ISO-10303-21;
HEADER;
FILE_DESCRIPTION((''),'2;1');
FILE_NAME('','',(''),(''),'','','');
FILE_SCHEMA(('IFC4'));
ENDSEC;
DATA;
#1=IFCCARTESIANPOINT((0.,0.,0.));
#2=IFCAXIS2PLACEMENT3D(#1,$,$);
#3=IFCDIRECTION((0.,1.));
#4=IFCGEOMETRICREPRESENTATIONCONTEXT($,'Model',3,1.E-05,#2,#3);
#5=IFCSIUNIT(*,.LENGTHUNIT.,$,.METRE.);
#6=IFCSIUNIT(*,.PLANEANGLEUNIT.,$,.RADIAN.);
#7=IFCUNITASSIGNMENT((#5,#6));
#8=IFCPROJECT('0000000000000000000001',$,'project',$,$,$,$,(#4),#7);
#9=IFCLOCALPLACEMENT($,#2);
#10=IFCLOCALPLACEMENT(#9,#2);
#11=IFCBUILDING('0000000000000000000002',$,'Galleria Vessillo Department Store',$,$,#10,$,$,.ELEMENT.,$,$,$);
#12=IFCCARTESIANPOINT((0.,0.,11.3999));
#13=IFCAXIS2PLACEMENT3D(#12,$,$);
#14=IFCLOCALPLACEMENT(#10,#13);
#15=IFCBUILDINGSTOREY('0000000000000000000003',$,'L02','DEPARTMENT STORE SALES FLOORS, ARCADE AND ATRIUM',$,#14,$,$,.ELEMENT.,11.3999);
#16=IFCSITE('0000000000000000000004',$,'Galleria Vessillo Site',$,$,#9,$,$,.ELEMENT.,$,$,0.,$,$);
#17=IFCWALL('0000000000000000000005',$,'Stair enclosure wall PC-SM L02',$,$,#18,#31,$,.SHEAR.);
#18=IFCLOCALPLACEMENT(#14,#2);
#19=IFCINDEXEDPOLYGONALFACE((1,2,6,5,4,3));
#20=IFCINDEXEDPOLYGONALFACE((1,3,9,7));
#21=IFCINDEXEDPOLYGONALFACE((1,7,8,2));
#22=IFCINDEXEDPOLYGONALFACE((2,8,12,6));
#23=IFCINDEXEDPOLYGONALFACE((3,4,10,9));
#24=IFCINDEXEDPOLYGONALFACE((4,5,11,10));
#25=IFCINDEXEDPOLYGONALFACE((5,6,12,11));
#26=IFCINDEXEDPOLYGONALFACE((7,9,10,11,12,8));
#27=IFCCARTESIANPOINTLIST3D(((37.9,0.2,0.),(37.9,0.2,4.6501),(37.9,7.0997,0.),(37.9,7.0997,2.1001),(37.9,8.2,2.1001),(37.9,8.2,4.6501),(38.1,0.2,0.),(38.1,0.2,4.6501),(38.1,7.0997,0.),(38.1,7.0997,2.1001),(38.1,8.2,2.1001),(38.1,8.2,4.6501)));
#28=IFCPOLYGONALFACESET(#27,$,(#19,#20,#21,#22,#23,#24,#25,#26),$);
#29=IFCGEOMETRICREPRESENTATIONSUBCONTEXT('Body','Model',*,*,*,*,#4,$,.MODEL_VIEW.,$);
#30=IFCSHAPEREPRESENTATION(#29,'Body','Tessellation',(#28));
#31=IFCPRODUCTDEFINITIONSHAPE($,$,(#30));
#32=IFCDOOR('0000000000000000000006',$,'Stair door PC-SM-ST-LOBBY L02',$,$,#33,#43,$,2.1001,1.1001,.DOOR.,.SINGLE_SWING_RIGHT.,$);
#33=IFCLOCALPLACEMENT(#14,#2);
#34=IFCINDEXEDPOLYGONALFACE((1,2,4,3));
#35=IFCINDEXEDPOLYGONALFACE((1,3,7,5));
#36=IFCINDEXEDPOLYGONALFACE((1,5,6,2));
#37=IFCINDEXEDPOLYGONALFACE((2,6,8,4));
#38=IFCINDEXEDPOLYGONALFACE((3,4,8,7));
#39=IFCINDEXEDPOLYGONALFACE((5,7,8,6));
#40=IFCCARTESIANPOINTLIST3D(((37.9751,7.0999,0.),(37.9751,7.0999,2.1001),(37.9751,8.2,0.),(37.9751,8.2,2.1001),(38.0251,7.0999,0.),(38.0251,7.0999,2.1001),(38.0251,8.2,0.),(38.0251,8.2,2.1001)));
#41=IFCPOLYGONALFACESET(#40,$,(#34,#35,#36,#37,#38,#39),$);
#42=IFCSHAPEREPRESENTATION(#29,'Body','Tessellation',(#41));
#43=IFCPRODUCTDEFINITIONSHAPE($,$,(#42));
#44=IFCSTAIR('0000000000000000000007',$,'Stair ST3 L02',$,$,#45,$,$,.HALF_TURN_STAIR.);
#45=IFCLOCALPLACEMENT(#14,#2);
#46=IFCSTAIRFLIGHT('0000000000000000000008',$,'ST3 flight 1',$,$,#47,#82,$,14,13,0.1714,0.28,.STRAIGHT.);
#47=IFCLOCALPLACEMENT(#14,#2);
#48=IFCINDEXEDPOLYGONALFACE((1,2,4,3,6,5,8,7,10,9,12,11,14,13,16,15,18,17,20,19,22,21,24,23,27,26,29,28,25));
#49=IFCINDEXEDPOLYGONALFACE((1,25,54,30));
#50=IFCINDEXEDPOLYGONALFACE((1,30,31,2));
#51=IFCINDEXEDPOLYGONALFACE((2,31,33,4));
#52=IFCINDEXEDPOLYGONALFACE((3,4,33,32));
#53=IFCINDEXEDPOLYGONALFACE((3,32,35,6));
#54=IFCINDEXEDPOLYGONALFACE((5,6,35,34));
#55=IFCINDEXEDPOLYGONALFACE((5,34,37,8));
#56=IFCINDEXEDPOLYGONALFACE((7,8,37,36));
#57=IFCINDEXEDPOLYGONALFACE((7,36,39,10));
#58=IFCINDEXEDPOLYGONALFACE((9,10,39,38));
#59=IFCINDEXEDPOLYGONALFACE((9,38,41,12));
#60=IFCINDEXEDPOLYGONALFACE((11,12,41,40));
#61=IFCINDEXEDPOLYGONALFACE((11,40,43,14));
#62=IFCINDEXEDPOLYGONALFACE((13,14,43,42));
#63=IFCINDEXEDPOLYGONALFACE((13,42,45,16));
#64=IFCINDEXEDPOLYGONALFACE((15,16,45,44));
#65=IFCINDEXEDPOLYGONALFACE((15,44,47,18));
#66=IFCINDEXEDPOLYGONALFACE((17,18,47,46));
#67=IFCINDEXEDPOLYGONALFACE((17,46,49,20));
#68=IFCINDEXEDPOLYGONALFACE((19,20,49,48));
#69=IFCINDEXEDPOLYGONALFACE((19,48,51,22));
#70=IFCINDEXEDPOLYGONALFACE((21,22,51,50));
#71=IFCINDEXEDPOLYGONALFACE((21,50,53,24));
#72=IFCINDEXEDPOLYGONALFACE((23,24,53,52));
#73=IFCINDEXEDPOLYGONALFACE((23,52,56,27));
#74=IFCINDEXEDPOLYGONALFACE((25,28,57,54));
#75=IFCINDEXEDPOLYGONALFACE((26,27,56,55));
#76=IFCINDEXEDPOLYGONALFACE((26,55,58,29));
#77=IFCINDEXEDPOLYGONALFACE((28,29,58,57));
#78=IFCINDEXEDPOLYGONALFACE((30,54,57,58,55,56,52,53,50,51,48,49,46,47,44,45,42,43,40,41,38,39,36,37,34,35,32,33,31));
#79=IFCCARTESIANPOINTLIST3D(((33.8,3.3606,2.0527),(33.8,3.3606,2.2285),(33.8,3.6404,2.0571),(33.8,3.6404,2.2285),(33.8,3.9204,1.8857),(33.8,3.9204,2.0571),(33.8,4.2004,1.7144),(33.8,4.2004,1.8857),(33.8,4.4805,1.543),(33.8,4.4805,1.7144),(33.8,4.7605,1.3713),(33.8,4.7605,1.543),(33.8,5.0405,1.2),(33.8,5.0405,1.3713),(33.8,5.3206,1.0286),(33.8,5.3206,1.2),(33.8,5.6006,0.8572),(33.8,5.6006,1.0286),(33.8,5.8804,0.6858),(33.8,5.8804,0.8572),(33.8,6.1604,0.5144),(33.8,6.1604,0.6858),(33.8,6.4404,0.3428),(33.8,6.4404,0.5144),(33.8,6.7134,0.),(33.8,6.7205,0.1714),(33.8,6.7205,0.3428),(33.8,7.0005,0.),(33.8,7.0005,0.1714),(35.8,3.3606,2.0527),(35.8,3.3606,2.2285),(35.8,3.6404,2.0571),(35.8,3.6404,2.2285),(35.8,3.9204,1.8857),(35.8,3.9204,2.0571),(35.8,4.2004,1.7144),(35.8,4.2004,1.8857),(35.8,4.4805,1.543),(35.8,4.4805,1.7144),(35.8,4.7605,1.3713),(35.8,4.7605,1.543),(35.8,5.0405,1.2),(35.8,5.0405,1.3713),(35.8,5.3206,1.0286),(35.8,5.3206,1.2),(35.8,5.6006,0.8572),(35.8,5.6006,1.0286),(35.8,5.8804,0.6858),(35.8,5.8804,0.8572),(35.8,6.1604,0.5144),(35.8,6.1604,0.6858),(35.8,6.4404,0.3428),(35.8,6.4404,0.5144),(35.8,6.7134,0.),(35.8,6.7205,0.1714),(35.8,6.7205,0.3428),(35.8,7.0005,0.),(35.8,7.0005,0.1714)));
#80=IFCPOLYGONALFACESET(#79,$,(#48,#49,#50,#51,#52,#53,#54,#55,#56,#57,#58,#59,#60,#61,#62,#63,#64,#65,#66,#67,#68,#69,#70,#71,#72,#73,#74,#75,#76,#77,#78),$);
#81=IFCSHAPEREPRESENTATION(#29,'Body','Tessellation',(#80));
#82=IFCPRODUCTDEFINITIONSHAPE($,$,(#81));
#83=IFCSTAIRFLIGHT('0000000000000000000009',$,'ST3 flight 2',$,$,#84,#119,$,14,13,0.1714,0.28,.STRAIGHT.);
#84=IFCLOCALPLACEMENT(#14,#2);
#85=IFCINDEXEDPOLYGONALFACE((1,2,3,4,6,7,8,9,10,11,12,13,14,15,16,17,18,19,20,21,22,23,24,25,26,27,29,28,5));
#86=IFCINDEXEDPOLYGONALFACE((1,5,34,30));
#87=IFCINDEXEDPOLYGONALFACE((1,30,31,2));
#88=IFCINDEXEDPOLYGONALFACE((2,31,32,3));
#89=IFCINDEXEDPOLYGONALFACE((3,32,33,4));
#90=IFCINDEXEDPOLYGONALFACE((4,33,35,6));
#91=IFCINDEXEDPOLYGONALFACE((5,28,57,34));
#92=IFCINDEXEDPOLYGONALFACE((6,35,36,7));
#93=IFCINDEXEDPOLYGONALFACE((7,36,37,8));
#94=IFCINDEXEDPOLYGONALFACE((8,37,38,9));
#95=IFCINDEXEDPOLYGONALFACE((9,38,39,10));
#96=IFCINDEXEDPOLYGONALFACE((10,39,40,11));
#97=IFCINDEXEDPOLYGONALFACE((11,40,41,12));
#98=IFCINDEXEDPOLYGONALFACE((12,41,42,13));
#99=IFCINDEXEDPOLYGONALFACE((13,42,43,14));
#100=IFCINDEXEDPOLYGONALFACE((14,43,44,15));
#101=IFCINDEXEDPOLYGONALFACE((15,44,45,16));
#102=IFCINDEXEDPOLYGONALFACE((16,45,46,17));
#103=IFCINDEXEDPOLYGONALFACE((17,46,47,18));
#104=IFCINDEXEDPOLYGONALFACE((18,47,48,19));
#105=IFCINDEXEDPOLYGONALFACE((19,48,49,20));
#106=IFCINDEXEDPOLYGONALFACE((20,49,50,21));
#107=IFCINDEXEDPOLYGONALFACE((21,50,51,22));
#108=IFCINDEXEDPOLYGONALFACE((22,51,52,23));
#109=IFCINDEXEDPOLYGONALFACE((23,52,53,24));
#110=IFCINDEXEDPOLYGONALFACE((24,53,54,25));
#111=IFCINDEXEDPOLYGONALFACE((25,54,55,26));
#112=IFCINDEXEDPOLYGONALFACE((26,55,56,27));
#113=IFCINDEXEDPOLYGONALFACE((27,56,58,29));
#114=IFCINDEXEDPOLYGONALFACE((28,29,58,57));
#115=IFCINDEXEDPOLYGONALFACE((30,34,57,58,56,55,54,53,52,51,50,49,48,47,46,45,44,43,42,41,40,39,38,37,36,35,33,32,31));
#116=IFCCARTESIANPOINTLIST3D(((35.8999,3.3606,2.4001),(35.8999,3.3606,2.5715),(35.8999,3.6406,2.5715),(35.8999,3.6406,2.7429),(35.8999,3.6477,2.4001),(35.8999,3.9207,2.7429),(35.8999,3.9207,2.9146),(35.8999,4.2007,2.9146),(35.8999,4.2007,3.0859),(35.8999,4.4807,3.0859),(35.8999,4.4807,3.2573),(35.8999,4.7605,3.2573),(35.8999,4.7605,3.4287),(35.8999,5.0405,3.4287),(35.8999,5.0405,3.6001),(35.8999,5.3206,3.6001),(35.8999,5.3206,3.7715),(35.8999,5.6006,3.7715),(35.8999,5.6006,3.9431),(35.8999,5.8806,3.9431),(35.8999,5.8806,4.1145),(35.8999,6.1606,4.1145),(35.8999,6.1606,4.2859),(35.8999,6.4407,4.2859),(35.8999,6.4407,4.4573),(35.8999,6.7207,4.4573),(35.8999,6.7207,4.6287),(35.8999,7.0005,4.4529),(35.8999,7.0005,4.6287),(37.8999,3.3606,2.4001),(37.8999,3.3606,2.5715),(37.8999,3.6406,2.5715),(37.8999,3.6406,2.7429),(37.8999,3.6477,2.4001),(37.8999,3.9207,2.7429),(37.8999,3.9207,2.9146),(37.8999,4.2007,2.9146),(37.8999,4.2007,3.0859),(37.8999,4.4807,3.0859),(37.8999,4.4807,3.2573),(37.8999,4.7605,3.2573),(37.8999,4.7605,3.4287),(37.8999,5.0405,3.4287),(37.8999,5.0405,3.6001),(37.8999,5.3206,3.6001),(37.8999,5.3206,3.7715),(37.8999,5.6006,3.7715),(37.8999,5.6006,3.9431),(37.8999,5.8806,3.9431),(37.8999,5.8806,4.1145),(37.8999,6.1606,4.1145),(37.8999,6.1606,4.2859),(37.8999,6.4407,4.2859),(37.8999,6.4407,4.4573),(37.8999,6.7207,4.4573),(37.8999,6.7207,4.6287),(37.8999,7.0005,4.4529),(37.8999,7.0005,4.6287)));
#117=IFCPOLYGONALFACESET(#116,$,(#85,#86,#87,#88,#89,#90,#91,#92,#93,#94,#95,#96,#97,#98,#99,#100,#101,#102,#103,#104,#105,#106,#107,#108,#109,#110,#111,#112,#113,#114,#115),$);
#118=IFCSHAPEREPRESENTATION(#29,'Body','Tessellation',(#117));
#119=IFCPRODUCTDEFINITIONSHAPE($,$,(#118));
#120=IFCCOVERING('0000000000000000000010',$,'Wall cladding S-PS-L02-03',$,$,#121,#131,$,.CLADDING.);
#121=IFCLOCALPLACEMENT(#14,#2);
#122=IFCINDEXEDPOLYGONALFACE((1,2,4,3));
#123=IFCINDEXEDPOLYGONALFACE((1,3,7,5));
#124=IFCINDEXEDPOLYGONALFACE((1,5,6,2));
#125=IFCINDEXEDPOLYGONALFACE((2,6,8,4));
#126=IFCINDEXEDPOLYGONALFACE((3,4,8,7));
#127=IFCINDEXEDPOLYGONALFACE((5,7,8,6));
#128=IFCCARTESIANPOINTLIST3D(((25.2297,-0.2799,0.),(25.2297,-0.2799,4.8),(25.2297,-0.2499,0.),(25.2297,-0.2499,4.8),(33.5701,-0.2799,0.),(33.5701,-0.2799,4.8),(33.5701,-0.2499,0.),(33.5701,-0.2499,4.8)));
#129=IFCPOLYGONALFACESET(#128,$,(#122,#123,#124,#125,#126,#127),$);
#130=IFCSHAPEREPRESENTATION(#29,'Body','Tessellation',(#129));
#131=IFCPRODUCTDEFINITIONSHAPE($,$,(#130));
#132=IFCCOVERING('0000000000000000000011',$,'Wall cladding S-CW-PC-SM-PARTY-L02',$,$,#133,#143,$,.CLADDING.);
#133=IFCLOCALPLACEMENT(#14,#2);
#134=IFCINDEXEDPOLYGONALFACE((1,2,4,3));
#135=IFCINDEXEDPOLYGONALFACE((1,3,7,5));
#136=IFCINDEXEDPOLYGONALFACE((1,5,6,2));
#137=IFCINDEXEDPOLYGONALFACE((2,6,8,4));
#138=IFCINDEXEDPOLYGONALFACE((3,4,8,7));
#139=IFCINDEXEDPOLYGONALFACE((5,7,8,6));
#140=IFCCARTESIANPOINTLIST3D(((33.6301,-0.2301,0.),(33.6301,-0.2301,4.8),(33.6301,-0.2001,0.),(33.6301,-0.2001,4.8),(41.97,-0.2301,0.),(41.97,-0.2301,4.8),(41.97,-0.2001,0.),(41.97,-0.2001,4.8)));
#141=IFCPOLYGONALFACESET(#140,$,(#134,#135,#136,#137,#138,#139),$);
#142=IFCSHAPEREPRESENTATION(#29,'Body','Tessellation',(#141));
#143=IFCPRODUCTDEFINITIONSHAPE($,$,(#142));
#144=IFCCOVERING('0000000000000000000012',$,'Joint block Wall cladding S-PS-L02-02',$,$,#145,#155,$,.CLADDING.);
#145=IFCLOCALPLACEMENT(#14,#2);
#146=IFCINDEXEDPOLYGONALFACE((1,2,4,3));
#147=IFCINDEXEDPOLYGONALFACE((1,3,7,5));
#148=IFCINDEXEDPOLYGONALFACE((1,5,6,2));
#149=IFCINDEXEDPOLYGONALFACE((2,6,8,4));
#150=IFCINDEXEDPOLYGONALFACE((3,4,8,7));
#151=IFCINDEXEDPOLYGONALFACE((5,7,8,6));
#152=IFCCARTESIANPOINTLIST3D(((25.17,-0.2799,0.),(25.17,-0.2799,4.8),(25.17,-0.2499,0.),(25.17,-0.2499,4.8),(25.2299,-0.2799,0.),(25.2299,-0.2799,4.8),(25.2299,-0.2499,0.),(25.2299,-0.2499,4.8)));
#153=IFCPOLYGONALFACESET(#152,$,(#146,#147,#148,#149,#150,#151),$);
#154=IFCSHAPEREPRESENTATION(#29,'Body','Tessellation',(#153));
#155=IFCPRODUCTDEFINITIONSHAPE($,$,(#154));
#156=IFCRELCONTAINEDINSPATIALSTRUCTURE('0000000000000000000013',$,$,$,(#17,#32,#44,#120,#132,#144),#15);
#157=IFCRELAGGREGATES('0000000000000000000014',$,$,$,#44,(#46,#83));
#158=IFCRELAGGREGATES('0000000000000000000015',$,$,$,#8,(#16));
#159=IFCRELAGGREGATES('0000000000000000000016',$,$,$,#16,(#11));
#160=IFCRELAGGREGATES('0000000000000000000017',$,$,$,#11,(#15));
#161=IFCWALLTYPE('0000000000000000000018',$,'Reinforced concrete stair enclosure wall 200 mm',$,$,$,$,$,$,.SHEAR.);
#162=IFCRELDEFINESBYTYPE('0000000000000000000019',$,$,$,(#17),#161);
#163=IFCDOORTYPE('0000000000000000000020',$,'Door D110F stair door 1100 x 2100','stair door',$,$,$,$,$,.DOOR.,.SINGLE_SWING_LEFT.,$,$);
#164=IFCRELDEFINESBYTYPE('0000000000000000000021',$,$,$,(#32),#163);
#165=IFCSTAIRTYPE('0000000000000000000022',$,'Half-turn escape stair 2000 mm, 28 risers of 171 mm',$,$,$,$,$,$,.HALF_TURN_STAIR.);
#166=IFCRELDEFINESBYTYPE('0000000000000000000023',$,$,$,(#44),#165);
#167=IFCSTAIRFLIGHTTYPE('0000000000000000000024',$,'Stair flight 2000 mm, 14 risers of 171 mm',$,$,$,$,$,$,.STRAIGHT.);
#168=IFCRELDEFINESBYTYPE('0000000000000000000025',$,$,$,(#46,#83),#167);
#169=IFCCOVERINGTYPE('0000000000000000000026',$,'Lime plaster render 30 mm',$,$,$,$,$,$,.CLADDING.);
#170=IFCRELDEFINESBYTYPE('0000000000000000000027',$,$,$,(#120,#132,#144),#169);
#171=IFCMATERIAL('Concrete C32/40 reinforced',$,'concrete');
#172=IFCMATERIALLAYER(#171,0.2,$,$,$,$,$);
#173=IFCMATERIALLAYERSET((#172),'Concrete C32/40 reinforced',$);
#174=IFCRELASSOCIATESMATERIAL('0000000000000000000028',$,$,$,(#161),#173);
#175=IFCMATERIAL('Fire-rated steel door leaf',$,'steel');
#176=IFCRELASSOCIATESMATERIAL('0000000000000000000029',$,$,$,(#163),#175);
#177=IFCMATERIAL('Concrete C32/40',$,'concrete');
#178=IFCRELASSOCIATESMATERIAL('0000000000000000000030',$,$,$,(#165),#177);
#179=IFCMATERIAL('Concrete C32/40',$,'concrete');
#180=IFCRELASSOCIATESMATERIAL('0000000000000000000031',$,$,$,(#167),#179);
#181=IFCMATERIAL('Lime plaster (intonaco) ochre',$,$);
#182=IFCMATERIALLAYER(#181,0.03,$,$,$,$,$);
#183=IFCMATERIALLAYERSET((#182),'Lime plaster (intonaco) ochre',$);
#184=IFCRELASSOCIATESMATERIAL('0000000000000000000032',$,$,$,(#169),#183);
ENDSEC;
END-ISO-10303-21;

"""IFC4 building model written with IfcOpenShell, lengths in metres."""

from ifc_helpers import new_model, si_unit, direction, frame, frame_2d, origin, origin_2d, place, context, subcontext, project, spatial, polyline, rectangle, outline, extrude, material, layer, layer_set, type_object, element, fill, aggregate, save


model = new_model("IFC4")

# Units and contexts
model_context = context("Model", 3, precision=1e-05, world=origin(), true_north=direction((0.0, 1.0)))
body_context = subcontext(model_context, "Body", "Model", "MODEL_VIEW")
ifc_project = project(units=[si_unit("LENGTHUNIT", "METRE"), si_unit("PLANEANGLEUNIT", "RADIAN")], contexts=[model_context])

# Site, building, storey
site_placement = place(None, origin())
site = spatial("IfcSite", under=ifc_project, at=site_placement, Name="Galleria Vessillo Site", CompositionType="ELEMENT", RefElevation=0.0)
building_placement = place(site_placement, origin())
building = spatial("IfcBuilding", under=site, at=building_placement, Name="Galleria Vessillo Department Store", CompositionType="ELEMENT")
storey_placement = place(building_placement, frame((0.0, 0.0, 11.3999)))
storey = spatial("IfcBuildingStorey", under=building, at=storey_placement, Name="L02", Description="DEPARTMENT STORE SALES FLOORS, ARCADE AND ATRIUM", CompositionType="ELEMENT", Elevation=11.3999)

# Wall, opening, door
ifc_material_1 = material(Name="Concrete C32/40 reinforced", Category="concrete")
ifc_layer_1 = layer(ifc_material_1, 0.2)
ifc_layer_set_1 = layer_set([ifc_layer_1], Name="Concrete C32/40 reinforced")
wall_type_1 = type_object("IfcWallType", Name="Reinforced concrete stair enclosure wall 200 mm", PredefinedType="SHEAR", material=ifc_layer_set_1)
wall_1_placement = place(storey_placement, frame((38.0, 0.2, 0.0), z_axis=(0.0, 0.0, 1.0), x_axis=(0.0, 1.0, 0.0)))
wall_1 = element("IfcWall", 1, at=wall_1_placement, inside=storey, type_object=wall_type_1, Name="Stair enclosure wall PC-SM L02", PredefinedType="SHEAR", context=body_context, shape_type="SweptSolid", body=[
    extrude(rectangle(XDim=8.0, YDim=0.2, at=frame_2d((4.0, 0.0))), origin(), (0.0, 0.0, 1.0), 4.6501),
])
opening_1_placement = place(wall_1_placement, frame((6.8999, 0.0, 0.0)))
opening_1 = element("IfcOpeningElement", 2, at=opening_1_placement, cuts=wall_1, PredefinedType="OPENING", context=body_context, shape_type="SweptSolid", body=[
    extrude(rectangle(XDim=1.1101, YDim=2.1001, at=frame_2d((0.5549, 1.05))), frame((0.0, 0.1099, 0.0), z_axis=(0.0, -1.0, 0.0), x_axis=(1.0, 0.0, 0.0)), (0.0, 0.0, 1.0), 0.22),
])
ifc_material_2 = material(Name="Fire-rated steel door leaf", Category="steel")
door_type_1 = type_object("IfcDoorType", Name="Door D110F stair door 1100 x 2100", Description="stair door", OperationType="SINGLE_SWING_LEFT", PredefinedType="DOOR", material=ifc_material_2)
door_1_placement = place(opening_1_placement, origin())
door_1 = element("IfcDoor", 3, at=door_1_placement, inside=storey, type_object=door_type_1, Name="Stair door PC-SM-ST-LOBBY L02", OperationType="SINGLE_SWING_RIGHT", OverallHeight=2.1001, OverallWidth=1.1001, PredefinedType="DOOR", context=body_context, shape_type="SweptSolid", body=[
    extrude(rectangle(XDim=1.1001, YDim=2.1001, at=frame_2d((0.55, 1.05))), frame((0.0, 0.0249, 0.0), z_axis=(0.0, -1.0, 0.0), x_axis=(1.0, 0.0, 0.0)), (0.0, 0.0, 1.0), 0.05),
])
fill(opening_1, door_1)

# Stair, stair flights
ifc_material_3 = material(Name="Concrete C32/40", Category="concrete")
stair_type = type_object("IfcStairType", Name="Half-turn escape stair 2000 mm, 28 risers of 171 mm", PredefinedType="HALF_TURN_STAIR", material=ifc_material_3)
stair_placement = place(storey_placement, origin())
stair = element("IfcStair", 4, at=stair_placement, inside=storey, type_object=stair_type, Name="Stair ST3 L02", PredefinedType="HALF_TURN_STAIR")
ifc_material_4 = material(Name="Concrete C32/40", Category="concrete")
stair_flight_type = type_object("IfcStairFlightType", Name="Stair flight 2000 mm, 14 risers of 171 mm", PredefinedType="STRAIGHT", material=ifc_material_4)
stair_flight_1_placement = place(storey_placement, frame((34.8, 7.0005, 0.0), z_axis=(0.0, 0.0, 1.0), x_axis=(0.0, -1.0, 0.0)))
stair_flight_1 = element("IfcStairFlight", 5, at=stair_flight_1_placement, type_object=stair_flight_type, Name="ST3 flight 1", NumberOfRisers=14, NumberOfTreads=13, PredefinedType="STRAIGHT", RiserHeight=0.1714, TreadLength=0.28, context=body_context, shape_type="SweptSolid", body=[
    extrude(outline(polyline([(0.0, 0.0), (0.0, 0.1714), (0.28, 0.1714), (0.28, 0.3428), (0.5601, 0.3428), (0.5601, 0.5144), (0.8401, 0.5144), (0.8401, 0.6858), (1.1201, 0.6858), (1.1201, 0.8572), (1.3999, 0.8572), (1.3999, 1.0286), (1.6799, 1.0286), (1.6799, 1.2), (1.96, 1.2), (1.96, 1.3713), (2.24, 1.3713), (2.24, 1.543), (2.52, 1.543), (2.52, 1.7144), (2.8, 1.7144), (2.8, 1.8857), (3.0801, 1.8857), (3.0801, 2.0571), (3.3601, 2.0571), (3.3601, 2.2285), (3.6399, 2.2285), (3.6399, 2.3999), (3.6399, 2.0527), (0.2871, 0.0), (0.0, 0.0)])), frame((0.0, 1.0, 0.0), z_axis=(0.0, -1.0, 0.0), x_axis=(1.0, 0.0, 0.0)), (0.0, 0.0, 1.0), 2.0),
])
stair_flight_2_placement = place(storey_placement, frame((36.8999, 3.3606, 2.4001), z_axis=(0.0, 0.0, 1.0), x_axis=(0.0, 1.0, 0.0)))
stair_flight_2 = element("IfcStairFlight", 6, at=stair_flight_2_placement, type_object=stair_flight_type, Name="ST3 flight 2", NumberOfRisers=14, NumberOfTreads=13, PredefinedType="STRAIGHT", RiserHeight=0.1714, TreadLength=0.28, context=body_context, shape_type="SweptSolid", body=[
    extrude(outline(polyline([(0.0, 0.0), (0.0, 0.1714), (0.28, 0.1714), (0.28, 0.3428), (0.5601, 0.3428), (0.5601, 0.5144), (0.8401, 0.5144), (0.8401, 0.6858), (1.1201, 0.6858), (1.1201, 0.8572), (1.3999, 0.8572), (1.3999, 1.0286), (1.6799, 1.0286), (1.6799, 1.2), (1.96, 1.2), (1.96, 1.3713), (2.24, 1.3713), (2.24, 1.543), (2.52, 1.543), (2.52, 1.7144), (2.8, 1.7144), (2.8, 1.8857), (3.0801, 1.8857), (3.0801, 2.0571), (3.3601, 2.0571), (3.3601, 2.2285), (3.6399, 2.2285), (3.6399, 2.3999), (3.6399, 2.0527), (0.2871, 0.0), (0.0, 0.0)])), frame((0.0, 1.0, 0.0), z_axis=(0.0, -1.0, 0.0), x_axis=(1.0, 0.0, 0.0)), (0.0, 0.0, 1.0), 2.0),
])
aggregate(stair, [stair_flight_1, stair_flight_2])

# Coverings
ifc_material_5 = material(Name="Lime plaster (intonaco) ochre")
ifc_layer_2 = layer(ifc_material_5, 0.03)
ifc_layer_set_2 = layer_set([ifc_layer_2], Name="Lime plaster (intonaco) ochre")
covering_type = type_object("IfcCoveringType", Name="Lime plaster render 30 mm", PredefinedType="CLADDING", material=ifc_layer_set_2)
covering_1_placement = place(storey_placement, frame((29.3999, -0.2649, 0.0), z_axis=(0.0, 0.0, 1.0), x_axis=(1.0, 0.0, 0.0)))
element("IfcCovering", 7, at=covering_1_placement, inside=storey, type_object=covering_type, Name="Wall cladding S-PS-L02-03", PredefinedType="CLADDING", context=body_context, shape_type="SweptSolid", body=[
    extrude(rectangle(XDim=8.3403, YDim=0.03, at=origin_2d()), origin(), (0.0, 0.0, 1.0), 4.8),
])
covering_2_placement = place(storey_placement, frame((37.8, -0.2151, 0.0), z_axis=(0.0, 0.0, 1.0), x_axis=(1.0, 0.0, 0.0)))
element("IfcCovering", 8, at=covering_2_placement, inside=storey, type_object=covering_type, Name="Wall cladding S-CW-PC-SM-PARTY-L02", PredefinedType="CLADDING", context=body_context, shape_type="SweptSolid", body=[
    extrude(rectangle(XDim=8.3398, YDim=0.03, at=origin_2d()), origin(), (0.0, 0.0, 1.0), 4.8),
])
covering_3_placement = place(storey_placement, frame((25.2, -0.2649, 0.0), z_axis=(0.0, 0.0, 1.0), x_axis=(1.0, 0.0, 0.0)))
element("IfcCovering", 9, at=covering_3_placement, inside=storey, type_object=covering_type, Name="Joint block Wall cladding S-PS-L02-02", PredefinedType="CLADDING", context=body_context, shape_type="SweptSolid", body=[
    extrude(rectangle(XDim=0.0598, YDim=0.03, at=origin_2d()), origin(), (0.0, 0.0, 1.0), 4.8),
])

save(model, "model.ifc")
